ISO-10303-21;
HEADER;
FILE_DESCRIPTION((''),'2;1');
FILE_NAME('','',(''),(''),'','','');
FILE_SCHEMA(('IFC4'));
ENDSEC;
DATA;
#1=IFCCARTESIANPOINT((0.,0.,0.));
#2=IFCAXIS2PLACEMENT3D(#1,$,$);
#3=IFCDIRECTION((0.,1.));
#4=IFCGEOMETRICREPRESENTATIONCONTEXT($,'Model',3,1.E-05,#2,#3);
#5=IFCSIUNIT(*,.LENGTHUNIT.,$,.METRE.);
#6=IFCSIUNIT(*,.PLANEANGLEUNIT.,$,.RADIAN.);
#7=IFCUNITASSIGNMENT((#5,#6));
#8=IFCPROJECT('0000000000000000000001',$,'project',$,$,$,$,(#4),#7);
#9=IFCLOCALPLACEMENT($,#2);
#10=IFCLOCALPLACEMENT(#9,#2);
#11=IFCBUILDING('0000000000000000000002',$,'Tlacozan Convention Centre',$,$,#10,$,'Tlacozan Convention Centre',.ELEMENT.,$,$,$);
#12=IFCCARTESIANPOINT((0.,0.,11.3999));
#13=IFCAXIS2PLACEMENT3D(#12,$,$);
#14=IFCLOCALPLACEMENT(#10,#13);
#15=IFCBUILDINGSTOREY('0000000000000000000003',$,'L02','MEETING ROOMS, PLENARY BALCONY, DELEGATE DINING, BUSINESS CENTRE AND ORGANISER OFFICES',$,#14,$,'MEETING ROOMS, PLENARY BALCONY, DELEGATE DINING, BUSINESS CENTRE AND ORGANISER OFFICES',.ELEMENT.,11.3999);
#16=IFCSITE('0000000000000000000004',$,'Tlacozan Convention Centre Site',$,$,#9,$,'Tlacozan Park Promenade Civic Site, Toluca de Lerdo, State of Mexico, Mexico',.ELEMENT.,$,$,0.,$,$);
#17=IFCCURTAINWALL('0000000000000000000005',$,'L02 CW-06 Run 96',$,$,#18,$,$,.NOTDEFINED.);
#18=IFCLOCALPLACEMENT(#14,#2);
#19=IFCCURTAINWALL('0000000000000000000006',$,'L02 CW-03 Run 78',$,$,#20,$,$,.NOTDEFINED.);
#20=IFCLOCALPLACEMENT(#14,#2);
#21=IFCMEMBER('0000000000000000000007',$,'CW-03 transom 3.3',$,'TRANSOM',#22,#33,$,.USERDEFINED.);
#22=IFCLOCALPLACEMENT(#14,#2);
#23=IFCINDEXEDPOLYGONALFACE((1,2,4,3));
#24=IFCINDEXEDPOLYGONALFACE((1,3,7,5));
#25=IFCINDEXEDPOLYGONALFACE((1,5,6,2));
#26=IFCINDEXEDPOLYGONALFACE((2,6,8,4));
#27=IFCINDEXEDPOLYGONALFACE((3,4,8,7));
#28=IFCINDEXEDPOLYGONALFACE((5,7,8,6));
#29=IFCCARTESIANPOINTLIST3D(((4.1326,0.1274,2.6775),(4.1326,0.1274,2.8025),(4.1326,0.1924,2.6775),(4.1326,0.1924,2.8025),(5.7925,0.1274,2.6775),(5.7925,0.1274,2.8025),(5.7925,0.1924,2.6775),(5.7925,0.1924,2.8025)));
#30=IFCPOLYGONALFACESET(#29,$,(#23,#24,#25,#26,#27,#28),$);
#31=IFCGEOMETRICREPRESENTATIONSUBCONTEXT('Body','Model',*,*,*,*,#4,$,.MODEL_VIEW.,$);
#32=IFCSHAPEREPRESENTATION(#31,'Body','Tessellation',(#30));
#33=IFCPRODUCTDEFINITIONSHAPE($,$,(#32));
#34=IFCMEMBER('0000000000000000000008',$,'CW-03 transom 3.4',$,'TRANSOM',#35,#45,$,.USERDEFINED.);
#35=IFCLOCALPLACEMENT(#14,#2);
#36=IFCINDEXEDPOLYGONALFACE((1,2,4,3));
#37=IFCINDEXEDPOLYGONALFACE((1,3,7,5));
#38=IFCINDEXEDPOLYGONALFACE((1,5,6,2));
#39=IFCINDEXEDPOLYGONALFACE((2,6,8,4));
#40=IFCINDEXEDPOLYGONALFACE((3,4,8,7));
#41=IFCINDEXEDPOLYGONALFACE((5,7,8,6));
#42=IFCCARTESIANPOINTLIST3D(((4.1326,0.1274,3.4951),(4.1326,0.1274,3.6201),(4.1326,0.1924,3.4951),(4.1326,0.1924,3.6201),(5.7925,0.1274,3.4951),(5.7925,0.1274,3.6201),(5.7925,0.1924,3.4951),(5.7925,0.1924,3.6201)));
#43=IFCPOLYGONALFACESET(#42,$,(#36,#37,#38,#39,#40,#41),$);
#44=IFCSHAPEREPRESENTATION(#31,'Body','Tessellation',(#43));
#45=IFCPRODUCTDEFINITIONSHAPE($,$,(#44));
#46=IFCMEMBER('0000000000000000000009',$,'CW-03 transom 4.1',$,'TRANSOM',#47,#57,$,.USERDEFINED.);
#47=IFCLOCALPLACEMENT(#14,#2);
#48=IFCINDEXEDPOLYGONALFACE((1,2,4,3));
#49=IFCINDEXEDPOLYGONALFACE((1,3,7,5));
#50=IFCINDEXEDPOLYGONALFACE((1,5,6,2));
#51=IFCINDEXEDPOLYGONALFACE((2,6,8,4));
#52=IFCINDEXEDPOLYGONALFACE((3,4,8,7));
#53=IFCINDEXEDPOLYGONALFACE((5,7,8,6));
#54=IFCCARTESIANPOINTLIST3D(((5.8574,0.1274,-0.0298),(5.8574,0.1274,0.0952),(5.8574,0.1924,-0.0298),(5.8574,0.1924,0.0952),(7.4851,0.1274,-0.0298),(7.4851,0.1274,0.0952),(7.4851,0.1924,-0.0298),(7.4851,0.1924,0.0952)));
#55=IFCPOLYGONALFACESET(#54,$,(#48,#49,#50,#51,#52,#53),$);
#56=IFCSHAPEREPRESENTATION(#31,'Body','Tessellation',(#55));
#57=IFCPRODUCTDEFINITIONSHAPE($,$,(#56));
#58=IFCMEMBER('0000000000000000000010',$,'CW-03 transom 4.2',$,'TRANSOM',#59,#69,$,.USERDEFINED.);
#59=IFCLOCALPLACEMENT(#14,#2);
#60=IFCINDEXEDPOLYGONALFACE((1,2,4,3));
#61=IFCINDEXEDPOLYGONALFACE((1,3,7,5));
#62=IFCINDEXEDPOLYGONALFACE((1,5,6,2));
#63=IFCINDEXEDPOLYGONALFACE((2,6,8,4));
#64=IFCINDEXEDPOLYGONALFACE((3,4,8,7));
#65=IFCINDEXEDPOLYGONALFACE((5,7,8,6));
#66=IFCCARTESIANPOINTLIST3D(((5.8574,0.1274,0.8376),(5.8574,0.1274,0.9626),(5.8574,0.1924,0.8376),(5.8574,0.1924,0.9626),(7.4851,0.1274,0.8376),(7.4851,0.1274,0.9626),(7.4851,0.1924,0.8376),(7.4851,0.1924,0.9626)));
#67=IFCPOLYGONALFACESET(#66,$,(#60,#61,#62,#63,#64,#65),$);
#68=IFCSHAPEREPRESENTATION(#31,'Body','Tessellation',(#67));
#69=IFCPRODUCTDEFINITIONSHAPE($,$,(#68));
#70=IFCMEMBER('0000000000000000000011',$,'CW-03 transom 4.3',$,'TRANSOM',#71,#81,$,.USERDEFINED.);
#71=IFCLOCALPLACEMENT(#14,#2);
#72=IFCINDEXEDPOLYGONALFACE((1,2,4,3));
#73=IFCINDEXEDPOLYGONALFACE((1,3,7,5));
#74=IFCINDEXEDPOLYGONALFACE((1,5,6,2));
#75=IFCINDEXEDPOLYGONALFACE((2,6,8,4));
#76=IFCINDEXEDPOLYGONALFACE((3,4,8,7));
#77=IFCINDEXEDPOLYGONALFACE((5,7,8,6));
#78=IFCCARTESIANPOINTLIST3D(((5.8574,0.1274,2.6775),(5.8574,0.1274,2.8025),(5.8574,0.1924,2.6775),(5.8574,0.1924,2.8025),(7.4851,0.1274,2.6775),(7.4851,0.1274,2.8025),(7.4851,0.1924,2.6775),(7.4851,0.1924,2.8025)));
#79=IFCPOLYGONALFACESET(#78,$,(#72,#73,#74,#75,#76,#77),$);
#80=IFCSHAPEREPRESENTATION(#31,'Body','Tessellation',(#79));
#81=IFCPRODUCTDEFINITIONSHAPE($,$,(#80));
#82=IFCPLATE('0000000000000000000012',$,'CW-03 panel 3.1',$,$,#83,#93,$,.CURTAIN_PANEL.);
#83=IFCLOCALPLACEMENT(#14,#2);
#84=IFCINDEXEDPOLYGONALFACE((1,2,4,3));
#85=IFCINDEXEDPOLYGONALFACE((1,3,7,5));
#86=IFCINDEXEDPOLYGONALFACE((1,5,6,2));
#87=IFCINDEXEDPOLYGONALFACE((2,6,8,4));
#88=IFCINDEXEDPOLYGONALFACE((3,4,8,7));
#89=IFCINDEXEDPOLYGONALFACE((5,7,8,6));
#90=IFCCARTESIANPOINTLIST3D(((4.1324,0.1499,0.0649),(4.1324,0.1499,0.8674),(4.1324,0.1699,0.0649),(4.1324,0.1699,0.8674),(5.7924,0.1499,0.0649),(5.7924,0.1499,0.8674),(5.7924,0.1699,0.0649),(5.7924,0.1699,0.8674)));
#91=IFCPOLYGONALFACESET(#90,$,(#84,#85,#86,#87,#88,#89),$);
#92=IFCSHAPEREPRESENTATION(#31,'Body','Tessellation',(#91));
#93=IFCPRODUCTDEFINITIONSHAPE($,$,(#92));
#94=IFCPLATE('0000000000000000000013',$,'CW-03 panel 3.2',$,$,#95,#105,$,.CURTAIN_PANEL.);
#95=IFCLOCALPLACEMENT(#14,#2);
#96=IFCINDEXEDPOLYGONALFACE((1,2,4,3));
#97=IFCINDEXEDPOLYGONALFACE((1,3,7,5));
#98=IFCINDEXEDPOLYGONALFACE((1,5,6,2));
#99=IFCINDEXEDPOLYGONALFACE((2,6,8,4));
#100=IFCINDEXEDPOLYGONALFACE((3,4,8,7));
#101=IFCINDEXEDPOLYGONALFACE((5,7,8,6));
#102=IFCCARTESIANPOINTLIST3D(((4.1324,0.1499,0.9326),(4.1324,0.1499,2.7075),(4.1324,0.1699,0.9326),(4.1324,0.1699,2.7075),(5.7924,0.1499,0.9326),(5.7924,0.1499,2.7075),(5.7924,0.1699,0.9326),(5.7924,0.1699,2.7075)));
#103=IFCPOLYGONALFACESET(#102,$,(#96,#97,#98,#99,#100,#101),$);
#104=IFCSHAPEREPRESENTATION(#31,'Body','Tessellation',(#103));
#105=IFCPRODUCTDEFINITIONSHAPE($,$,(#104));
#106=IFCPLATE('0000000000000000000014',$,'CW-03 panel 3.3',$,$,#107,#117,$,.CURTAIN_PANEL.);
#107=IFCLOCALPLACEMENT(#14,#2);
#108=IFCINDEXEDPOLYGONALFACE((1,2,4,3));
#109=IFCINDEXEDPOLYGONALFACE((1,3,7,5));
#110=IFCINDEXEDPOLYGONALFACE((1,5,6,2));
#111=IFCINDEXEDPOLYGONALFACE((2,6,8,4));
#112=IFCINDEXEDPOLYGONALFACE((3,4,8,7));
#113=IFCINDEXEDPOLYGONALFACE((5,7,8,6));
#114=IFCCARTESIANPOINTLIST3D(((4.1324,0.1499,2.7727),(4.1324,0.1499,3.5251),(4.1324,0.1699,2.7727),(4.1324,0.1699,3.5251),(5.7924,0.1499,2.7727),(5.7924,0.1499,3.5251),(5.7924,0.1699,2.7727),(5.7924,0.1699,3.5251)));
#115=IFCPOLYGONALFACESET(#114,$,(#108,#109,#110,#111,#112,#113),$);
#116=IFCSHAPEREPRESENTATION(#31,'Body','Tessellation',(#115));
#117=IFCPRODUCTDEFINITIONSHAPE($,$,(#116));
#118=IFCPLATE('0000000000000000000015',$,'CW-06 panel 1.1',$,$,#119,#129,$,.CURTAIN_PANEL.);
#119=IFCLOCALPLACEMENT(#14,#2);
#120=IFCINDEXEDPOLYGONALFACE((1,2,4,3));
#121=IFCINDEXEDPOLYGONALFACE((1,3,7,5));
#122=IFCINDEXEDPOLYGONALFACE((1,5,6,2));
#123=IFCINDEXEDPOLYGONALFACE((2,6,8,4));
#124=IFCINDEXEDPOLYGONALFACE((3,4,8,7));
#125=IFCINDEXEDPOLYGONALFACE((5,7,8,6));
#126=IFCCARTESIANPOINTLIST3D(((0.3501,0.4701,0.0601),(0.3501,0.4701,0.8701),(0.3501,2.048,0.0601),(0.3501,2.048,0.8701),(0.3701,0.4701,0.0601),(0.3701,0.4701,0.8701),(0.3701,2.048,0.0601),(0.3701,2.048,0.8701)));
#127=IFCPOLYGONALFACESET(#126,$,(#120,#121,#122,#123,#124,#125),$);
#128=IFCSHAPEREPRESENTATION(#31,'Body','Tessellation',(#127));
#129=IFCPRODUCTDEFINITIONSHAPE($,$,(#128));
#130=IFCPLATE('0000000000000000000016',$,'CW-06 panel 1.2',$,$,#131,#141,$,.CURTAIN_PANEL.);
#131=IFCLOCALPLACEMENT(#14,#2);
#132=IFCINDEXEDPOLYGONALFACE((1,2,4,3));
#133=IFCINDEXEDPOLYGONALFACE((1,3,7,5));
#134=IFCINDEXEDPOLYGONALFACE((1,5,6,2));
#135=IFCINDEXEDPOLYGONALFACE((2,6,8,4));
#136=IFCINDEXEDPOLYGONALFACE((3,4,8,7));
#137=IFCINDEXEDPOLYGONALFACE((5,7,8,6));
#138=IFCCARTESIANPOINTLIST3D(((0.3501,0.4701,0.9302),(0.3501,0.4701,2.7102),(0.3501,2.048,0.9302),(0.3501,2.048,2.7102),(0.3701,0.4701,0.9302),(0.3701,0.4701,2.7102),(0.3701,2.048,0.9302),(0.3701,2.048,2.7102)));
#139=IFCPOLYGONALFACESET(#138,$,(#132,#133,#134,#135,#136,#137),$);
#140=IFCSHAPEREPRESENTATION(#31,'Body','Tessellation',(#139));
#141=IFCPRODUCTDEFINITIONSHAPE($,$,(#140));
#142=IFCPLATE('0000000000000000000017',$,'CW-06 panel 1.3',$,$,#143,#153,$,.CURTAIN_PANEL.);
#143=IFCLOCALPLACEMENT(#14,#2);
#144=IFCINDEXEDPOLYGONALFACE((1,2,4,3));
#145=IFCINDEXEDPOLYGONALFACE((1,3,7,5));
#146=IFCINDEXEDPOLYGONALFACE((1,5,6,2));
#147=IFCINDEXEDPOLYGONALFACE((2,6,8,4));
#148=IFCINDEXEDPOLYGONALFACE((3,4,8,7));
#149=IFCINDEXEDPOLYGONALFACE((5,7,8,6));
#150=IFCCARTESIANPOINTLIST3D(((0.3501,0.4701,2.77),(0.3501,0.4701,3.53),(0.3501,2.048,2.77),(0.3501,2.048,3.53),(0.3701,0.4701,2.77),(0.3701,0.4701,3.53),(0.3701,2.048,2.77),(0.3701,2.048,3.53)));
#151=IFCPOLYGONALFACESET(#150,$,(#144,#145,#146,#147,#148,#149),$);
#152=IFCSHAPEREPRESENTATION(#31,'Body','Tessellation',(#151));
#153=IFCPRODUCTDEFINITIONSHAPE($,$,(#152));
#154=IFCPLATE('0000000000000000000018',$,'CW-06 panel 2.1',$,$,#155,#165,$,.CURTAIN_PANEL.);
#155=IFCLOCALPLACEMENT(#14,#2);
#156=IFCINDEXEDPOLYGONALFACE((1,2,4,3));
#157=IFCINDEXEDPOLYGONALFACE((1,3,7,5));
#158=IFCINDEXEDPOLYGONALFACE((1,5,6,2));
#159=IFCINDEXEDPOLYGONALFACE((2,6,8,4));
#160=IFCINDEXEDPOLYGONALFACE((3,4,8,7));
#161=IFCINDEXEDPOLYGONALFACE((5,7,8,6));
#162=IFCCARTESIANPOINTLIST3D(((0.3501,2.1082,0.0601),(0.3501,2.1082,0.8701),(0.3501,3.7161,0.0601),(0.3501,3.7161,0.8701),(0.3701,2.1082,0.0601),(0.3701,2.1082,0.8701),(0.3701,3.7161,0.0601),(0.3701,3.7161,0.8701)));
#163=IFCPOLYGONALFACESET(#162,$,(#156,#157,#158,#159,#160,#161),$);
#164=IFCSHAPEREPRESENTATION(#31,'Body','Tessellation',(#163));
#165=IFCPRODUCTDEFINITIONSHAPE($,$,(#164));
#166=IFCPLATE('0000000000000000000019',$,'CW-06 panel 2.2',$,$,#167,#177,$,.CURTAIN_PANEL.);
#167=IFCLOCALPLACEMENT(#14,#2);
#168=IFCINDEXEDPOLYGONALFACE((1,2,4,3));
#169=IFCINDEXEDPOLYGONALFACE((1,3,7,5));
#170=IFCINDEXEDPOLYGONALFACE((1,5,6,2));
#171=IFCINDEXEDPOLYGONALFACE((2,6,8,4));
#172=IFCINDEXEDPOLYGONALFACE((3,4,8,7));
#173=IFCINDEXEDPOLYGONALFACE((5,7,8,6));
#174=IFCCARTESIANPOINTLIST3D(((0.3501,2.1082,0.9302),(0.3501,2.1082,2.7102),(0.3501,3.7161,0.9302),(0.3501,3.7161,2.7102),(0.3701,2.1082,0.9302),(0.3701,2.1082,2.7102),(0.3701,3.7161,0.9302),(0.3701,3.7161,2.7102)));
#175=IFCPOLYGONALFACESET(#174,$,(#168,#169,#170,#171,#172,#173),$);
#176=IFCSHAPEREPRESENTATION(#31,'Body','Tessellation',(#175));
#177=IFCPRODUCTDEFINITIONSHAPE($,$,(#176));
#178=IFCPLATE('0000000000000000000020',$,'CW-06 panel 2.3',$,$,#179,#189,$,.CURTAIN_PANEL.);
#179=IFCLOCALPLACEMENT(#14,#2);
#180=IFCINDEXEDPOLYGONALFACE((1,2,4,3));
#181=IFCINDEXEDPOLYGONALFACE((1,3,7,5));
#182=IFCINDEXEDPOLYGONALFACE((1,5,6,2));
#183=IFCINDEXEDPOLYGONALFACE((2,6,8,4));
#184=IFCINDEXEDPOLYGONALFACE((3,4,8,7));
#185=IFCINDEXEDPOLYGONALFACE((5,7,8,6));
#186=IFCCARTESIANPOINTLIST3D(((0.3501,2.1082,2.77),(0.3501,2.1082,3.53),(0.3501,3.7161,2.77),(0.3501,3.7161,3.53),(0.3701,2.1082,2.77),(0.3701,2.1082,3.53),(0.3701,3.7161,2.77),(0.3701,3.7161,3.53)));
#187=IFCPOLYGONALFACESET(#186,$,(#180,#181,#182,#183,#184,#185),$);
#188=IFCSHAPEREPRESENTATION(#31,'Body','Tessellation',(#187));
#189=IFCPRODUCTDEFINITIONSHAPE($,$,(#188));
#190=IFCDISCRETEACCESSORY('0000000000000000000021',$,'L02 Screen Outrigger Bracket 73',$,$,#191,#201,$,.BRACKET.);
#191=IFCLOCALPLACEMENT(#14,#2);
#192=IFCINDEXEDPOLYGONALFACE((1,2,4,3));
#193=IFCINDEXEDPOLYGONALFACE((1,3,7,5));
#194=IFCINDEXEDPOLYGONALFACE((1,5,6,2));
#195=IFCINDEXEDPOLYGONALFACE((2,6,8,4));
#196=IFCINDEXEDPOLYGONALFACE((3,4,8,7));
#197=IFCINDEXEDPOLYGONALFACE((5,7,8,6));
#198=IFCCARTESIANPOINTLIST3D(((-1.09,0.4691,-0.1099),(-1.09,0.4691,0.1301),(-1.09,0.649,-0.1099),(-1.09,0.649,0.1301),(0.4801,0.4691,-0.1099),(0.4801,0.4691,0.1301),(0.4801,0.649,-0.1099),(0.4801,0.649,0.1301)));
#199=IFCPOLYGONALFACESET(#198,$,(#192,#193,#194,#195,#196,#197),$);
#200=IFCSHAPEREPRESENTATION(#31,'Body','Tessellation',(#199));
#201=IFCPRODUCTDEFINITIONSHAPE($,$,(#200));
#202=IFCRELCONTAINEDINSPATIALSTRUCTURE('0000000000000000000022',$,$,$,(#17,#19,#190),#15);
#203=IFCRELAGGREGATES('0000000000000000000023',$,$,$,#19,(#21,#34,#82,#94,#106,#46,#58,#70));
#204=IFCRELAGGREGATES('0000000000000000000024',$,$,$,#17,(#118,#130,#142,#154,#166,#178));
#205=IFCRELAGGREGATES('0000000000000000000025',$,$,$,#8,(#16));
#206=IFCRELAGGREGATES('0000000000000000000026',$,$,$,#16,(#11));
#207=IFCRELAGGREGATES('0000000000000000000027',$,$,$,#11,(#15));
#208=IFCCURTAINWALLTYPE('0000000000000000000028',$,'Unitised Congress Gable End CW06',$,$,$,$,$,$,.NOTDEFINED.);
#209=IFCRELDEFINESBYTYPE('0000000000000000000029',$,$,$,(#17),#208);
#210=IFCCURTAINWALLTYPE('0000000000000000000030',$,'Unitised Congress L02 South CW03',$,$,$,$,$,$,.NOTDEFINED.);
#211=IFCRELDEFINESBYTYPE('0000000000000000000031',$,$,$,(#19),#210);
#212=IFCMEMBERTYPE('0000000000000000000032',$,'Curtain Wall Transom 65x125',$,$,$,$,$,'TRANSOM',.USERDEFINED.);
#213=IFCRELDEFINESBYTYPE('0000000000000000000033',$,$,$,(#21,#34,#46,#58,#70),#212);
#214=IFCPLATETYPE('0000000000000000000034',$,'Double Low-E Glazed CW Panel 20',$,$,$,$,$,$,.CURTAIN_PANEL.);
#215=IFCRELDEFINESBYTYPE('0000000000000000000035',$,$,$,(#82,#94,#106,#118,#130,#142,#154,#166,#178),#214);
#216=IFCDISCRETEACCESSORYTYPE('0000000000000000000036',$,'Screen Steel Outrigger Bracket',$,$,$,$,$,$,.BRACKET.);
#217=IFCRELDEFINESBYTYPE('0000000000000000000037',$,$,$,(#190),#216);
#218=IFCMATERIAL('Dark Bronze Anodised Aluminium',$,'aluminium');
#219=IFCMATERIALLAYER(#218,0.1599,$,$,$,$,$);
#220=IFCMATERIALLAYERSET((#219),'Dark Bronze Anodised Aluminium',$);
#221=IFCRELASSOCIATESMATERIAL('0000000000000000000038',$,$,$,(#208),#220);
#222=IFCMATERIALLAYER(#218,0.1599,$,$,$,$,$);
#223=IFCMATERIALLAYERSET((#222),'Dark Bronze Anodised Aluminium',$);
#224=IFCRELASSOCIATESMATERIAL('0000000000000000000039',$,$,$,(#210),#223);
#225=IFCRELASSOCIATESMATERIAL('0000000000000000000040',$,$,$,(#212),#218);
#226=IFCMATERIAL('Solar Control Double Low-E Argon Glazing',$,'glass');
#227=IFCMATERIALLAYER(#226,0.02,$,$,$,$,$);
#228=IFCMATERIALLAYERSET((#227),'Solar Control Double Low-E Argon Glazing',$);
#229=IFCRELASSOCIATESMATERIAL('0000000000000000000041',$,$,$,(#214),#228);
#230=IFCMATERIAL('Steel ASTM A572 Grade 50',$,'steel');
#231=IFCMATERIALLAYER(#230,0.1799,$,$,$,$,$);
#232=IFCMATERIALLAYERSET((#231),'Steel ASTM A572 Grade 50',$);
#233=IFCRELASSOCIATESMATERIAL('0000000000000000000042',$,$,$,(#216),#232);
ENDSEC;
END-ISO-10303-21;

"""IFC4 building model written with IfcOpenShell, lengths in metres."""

from ifc_helpers import new_model, si_unit, direction, frame, origin, origin_2d, place, context, subcontext, project, spatial, rectangle, extrude, material, layer, layer_set, material_profile, profile_set, type_object, element, aggregate, save


model = new_model("IFC4")

# Units and contexts
model_context = context("Model", 3, precision=1e-05, world=origin(), true_north=direction((0.0, 1.0)))
body_context = subcontext(model_context, "Body", "Model", "MODEL_VIEW")
ifc_project = project(units=[si_unit("LENGTHUNIT", "METRE"), si_unit("PLANEANGLEUNIT", "RADIAN")], contexts=[model_context])

# Site, building, storey
site_placement = place(None, origin())
site = spatial("IfcSite", under=ifc_project, at=site_placement, Name="Tlacozan Convention Centre Site", LongName="Tlacozan Park Promenade Civic Site, Toluca de Lerdo, State of Mexico, Mexico", CompositionType="ELEMENT", RefElevation=0.0)
building_placement = place(site_placement, origin())
building = spatial("IfcBuilding", under=site, at=building_placement, Name="Tlacozan Convention Centre", LongName="Tlacozan Convention Centre", CompositionType="ELEMENT")
storey_placement = place(building_placement, frame((0.0, 0.0, 11.3999)))
storey = spatial("IfcBuildingStorey", under=building, at=storey_placement, Name="L02", Description="MEETING ROOMS, PLENARY BALCONY, DELEGATE DINING, BUSINESS CENTRE AND ORGANISER OFFICES", LongName="MEETING ROOMS, PLENARY BALCONY, DELEGATE DINING, BUSINESS CENTRE AND ORGANISER OFFICES", CompositionType="ELEMENT", Elevation=11.3999)

# Curtain wall
ifc_material_1 = material(Name="Dark Bronze Anodised Aluminium", Category="aluminium")
ifc_layer_1 = layer(ifc_material_1, 0.1599)
ifc_layer_set_1 = layer_set([ifc_layer_1], Name="Dark Bronze Anodised Aluminium")
curtain_wall_type_1 = type_object("IfcCurtainWallType", Name="Unitised Congress Gable End CW06", PredefinedType="NOTDEFINED", material=ifc_layer_set_1)
curtain_wall_1_placement = place(storey_placement, origin())
curtain_wall_1 = element("IfcCurtainWall", 1, at=curtain_wall_1_placement, inside=storey, type_object=curtain_wall_type_1, Name="L02 CW-06 Run 96", PredefinedType="NOTDEFINED")

# Curtain wall, members, plates
ifc_layer_2 = layer(ifc_material_1, 0.1599)
ifc_layer_set_2 = layer_set([ifc_layer_2], Name="Dark Bronze Anodised Aluminium")
curtain_wall_type_2 = type_object("IfcCurtainWallType", Name="Unitised Congress L02 South CW03", PredefinedType="NOTDEFINED", material=ifc_layer_set_2)
curtain_wall_2_placement = place(storey_placement, origin())
curtain_wall_2 = element("IfcCurtainWall", 2, at=curtain_wall_2_placement, inside=storey, type_object=curtain_wall_type_2, Name="L02 CW-03 Run 78", PredefinedType="NOTDEFINED")
ifc_material_profile_1 = material_profile(ifc_material_1, rectangle(XDim=0.0649, YDim=0.125, at=origin_2d()), Name="ALU 65x125")
ifc_profile_set_1 = profile_set([ifc_material_profile_1], Name="Dark Bronze Anodised Aluminium")
member_type_1 = type_object("IfcMemberType", Name="Curtain Wall Transom 65x125", ElementType="TRANSOM", PredefinedType="USERDEFINED", material=ifc_profile_set_1)
member_1_placement = place(storey_placement, frame((4.1326, 0.1599, 2.74), z_axis=(1.0, 0.0, 0.0), x_axis=(0.0, 1.0, 0.0)))
member_1 = element("IfcMember", 3, at=member_1_placement, type_object=member_type_1, Name="CW-03 transom 3.3", ObjectType="TRANSOM", PredefinedType="USERDEFINED", context=body_context, shape_type="SweptSolid", body=[
    extrude(rectangle(XDim=0.0649, YDim=0.125, at=origin_2d()), origin(), (0.0, 0.0, 1.0), 1.6599),
])
member_2_placement = place(storey_placement, frame((4.1326, 0.1599, 3.5576), z_axis=(1.0, 0.0, 0.0), x_axis=(0.0, 1.0, 0.0)))
member_2 = element("IfcMember", 4, at=member_2_placement, type_object=member_type_1, Name="CW-03 transom 3.4", ObjectType="TRANSOM", PredefinedType="USERDEFINED", context=body_context, shape_type="SweptSolid", body=[
    extrude(rectangle(XDim=0.0649, YDim=0.125, at=origin_2d()), origin(), (0.0, 0.0, 1.0), 1.6599),
])
member_3_placement = place(storey_placement, frame((5.8574, 0.1599, 0.0327), z_axis=(1.0, 0.0, 0.0), x_axis=(0.0, 1.0, 0.0)))
member_3 = element("IfcMember", 5, at=member_3_placement, type_object=member_type_1, Name="CW-03 transom 4.1", ObjectType="TRANSOM", PredefinedType="USERDEFINED", context=body_context, shape_type="SweptSolid", body=[
    extrude(rectangle(XDim=0.0649, YDim=0.125, at=origin_2d()), origin(), (0.0, 0.0, 1.0), 1.6277),
])
member_4_placement = place(storey_placement, frame((5.8574, 0.1599, 0.9001), z_axis=(1.0, 0.0, 0.0), x_axis=(0.0, 1.0, 0.0)))
member_4 = element("IfcMember", 6, at=member_4_placement, type_object=member_type_1, Name="CW-03 transom 4.2", ObjectType="TRANSOM", PredefinedType="USERDEFINED", context=body_context, shape_type="SweptSolid", body=[
    extrude(rectangle(XDim=0.0649, YDim=0.125, at=origin_2d()), origin(), (0.0, 0.0, 1.0), 1.6277),
])
member_5_placement = place(storey_placement, frame((5.8574, 0.1599, 2.74), z_axis=(1.0, 0.0, 0.0), x_axis=(0.0, 1.0, 0.0)))
member_5 = element("IfcMember", 7, at=member_5_placement, type_object=member_type_1, Name="CW-03 transom 4.3", ObjectType="TRANSOM", PredefinedType="USERDEFINED", context=body_context, shape_type="SweptSolid", body=[
    extrude(rectangle(XDim=0.0649, YDim=0.125, at=origin_2d()), origin(), (0.0, 0.0, 1.0), 1.6277),
])
ifc_material_2 = material(Name="Solar Control Double Low-E Argon Glazing", Category="glass")
ifc_layer_3 = layer(ifc_material_2, 0.02)
ifc_layer_set_3 = layer_set([ifc_layer_3], Name="Solar Control Double Low-E Argon Glazing")
plate_type = type_object("IfcPlateType", Name="Double Low-E Glazed CW Panel 20", PredefinedType="CURTAIN_PANEL", material=ifc_layer_set_3)
plate_1_placement = place(storey_placement, frame((4.9624, 0.1599, 0.0649), z_axis=(0.0, 0.0, 1.0), x_axis=(1.0, 0.0, 0.0)))
plate_1 = element("IfcPlate", 8, at=plate_1_placement, type_object=plate_type, Name="CW-03 panel 3.1", PredefinedType="CURTAIN_PANEL", context=body_context, shape_type="SweptSolid", body=[
    extrude(rectangle(XDim=1.6599, YDim=0.02, at=origin_2d()), origin(), (0.0, 0.0, 1.0), 0.8025),
])
plate_2_placement = place(storey_placement, frame((4.9624, 0.1599, 0.9326), z_axis=(0.0, 0.0, 1.0), x_axis=(1.0, 0.0, 0.0)))
plate_2 = element("IfcPlate", 9, at=plate_2_placement, type_object=plate_type, Name="CW-03 panel 3.2", PredefinedType="CURTAIN_PANEL", context=body_context, shape_type="SweptSolid", body=[
    extrude(rectangle(XDim=1.6599, YDim=0.02, at=origin_2d()), origin(), (0.0, 0.0, 1.0), 1.7749),
])
plate_3_placement = place(storey_placement, frame((4.9624, 0.1599, 2.7727), z_axis=(0.0, 0.0, 1.0), x_axis=(1.0, 0.0, 0.0)))
plate_3 = element("IfcPlate", 10, at=plate_3_placement, type_object=plate_type, Name="CW-03 panel 3.3", PredefinedType="CURTAIN_PANEL", context=body_context, shape_type="SweptSolid", body=[
    extrude(rectangle(XDim=1.6599, YDim=0.02, at=origin_2d()), origin(), (0.0, 0.0, 1.0), 0.7524),
])
aggregate(curtain_wall_2, [member_1, member_2, plate_1, plate_2, plate_3, member_3, member_4, member_5])

# Plates
plate_4_placement = place(storey_placement, frame((0.3601, 1.259, 0.0601), z_axis=(0.0, 0.0, 1.0), x_axis=(0.0, 1.0, 0.0)))
plate_4 = element("IfcPlate", 11, at=plate_4_placement, type_object=plate_type, Name="CW-06 panel 1.1", PredefinedType="CURTAIN_PANEL", context=body_context, shape_type="SweptSolid", body=[
    extrude(rectangle(XDim=1.5779, YDim=0.02, at=origin_2d()), origin(), (0.0, 0.0, 1.0), 0.8101),
])
plate_5_placement = place(storey_placement, frame((0.3601, 1.259, 0.9302), z_axis=(0.0, 0.0, 1.0), x_axis=(0.0, 1.0, 0.0)))
plate_5 = element("IfcPlate", 12, at=plate_5_placement, type_object=plate_type, Name="CW-06 panel 1.2", PredefinedType="CURTAIN_PANEL", context=body_context, shape_type="SweptSolid", body=[
    extrude(rectangle(XDim=1.5779, YDim=0.02, at=origin_2d()), origin(), (0.0, 0.0, 1.0), 1.78),
])
plate_6_placement = place(storey_placement, frame((0.3601, 1.259, 2.77), z_axis=(0.0, 0.0, 1.0), x_axis=(0.0, 1.0, 0.0)))
plate_6 = element("IfcPlate", 13, at=plate_6_placement, type_object=plate_type, Name="CW-06 panel 1.3", PredefinedType="CURTAIN_PANEL", context=body_context, shape_type="SweptSolid", body=[
    extrude(rectangle(XDim=1.5779, YDim=0.02, at=origin_2d()), origin(), (0.0, 0.0, 1.0), 0.76),
])
plate_7_placement = place(storey_placement, frame((0.3601, 2.9121, 0.0601), z_axis=(0.0, 0.0, 1.0), x_axis=(0.0, 1.0, 0.0)))
plate_7 = element("IfcPlate", 14, at=plate_7_placement, type_object=plate_type, Name="CW-06 panel 2.1", PredefinedType="CURTAIN_PANEL", context=body_context, shape_type="SweptSolid", body=[
    extrude(rectangle(XDim=1.6079, YDim=0.02, at=origin_2d()), origin(), (0.0, 0.0, 1.0), 0.8101),
])
plate_8_placement = place(storey_placement, frame((0.3601, 2.9121, 0.9302), z_axis=(0.0, 0.0, 1.0), x_axis=(0.0, 1.0, 0.0)))
plate_8 = element("IfcPlate", 15, at=plate_8_placement, type_object=plate_type, Name="CW-06 panel 2.2", PredefinedType="CURTAIN_PANEL", context=body_context, shape_type="SweptSolid", body=[
    extrude(rectangle(XDim=1.6079, YDim=0.02, at=origin_2d()), origin(), (0.0, 0.0, 1.0), 1.78),
])
plate_9_placement = place(storey_placement, frame((0.3601, 2.9121, 2.77), z_axis=(0.0, 0.0, 1.0), x_axis=(0.0, 1.0, 0.0)))
plate_9 = element("IfcPlate", 16, at=plate_9_placement, type_object=plate_type, Name="CW-06 panel 2.3", PredefinedType="CURTAIN_PANEL", context=body_context, shape_type="SweptSolid", body=[
    extrude(rectangle(XDim=1.6079, YDim=0.02, at=origin_2d()), origin(), (0.0, 0.0, 1.0), 0.76),
])
aggregate(curtain_wall_1, [plate_4, plate_5, plate_6, plate_7, plate_8, plate_9])

# Discrete accessory
ifc_material_3 = material(Name="Steel ASTM A572 Grade 50", Category="steel")
ifc_layer_4 = layer(ifc_material_3, 0.1799)
ifc_layer_set_4 = layer_set([ifc_layer_4], Name="Steel ASTM A572 Grade 50")
discrete_accessory_type = type_object("IfcDiscreteAccessoryType", Name="Screen Steel Outrigger Bracket", PredefinedType="BRACKET", material=ifc_layer_set_4)
discrete_accessory_placement = place(storey_placement, frame((-0.3049, 0.5591, -0.1099), z_axis=(0.0, 0.0, 1.0), x_axis=(1.0, 0.0, 0.0)))
element("IfcDiscreteAccessory", 17, at=discrete_accessory_placement, inside=storey, type_object=discrete_accessory_type, Name="L02 Screen Outrigger Bracket 73", PredefinedType="BRACKET", context=body_context, shape_type="SweptSolid", body=[
    extrude(rectangle(XDim=1.5701, YDim=0.1799, at=origin_2d()), origin(), (0.0, 0.0, 1.0), 0.24),
])

save(model, "model.ifc")
